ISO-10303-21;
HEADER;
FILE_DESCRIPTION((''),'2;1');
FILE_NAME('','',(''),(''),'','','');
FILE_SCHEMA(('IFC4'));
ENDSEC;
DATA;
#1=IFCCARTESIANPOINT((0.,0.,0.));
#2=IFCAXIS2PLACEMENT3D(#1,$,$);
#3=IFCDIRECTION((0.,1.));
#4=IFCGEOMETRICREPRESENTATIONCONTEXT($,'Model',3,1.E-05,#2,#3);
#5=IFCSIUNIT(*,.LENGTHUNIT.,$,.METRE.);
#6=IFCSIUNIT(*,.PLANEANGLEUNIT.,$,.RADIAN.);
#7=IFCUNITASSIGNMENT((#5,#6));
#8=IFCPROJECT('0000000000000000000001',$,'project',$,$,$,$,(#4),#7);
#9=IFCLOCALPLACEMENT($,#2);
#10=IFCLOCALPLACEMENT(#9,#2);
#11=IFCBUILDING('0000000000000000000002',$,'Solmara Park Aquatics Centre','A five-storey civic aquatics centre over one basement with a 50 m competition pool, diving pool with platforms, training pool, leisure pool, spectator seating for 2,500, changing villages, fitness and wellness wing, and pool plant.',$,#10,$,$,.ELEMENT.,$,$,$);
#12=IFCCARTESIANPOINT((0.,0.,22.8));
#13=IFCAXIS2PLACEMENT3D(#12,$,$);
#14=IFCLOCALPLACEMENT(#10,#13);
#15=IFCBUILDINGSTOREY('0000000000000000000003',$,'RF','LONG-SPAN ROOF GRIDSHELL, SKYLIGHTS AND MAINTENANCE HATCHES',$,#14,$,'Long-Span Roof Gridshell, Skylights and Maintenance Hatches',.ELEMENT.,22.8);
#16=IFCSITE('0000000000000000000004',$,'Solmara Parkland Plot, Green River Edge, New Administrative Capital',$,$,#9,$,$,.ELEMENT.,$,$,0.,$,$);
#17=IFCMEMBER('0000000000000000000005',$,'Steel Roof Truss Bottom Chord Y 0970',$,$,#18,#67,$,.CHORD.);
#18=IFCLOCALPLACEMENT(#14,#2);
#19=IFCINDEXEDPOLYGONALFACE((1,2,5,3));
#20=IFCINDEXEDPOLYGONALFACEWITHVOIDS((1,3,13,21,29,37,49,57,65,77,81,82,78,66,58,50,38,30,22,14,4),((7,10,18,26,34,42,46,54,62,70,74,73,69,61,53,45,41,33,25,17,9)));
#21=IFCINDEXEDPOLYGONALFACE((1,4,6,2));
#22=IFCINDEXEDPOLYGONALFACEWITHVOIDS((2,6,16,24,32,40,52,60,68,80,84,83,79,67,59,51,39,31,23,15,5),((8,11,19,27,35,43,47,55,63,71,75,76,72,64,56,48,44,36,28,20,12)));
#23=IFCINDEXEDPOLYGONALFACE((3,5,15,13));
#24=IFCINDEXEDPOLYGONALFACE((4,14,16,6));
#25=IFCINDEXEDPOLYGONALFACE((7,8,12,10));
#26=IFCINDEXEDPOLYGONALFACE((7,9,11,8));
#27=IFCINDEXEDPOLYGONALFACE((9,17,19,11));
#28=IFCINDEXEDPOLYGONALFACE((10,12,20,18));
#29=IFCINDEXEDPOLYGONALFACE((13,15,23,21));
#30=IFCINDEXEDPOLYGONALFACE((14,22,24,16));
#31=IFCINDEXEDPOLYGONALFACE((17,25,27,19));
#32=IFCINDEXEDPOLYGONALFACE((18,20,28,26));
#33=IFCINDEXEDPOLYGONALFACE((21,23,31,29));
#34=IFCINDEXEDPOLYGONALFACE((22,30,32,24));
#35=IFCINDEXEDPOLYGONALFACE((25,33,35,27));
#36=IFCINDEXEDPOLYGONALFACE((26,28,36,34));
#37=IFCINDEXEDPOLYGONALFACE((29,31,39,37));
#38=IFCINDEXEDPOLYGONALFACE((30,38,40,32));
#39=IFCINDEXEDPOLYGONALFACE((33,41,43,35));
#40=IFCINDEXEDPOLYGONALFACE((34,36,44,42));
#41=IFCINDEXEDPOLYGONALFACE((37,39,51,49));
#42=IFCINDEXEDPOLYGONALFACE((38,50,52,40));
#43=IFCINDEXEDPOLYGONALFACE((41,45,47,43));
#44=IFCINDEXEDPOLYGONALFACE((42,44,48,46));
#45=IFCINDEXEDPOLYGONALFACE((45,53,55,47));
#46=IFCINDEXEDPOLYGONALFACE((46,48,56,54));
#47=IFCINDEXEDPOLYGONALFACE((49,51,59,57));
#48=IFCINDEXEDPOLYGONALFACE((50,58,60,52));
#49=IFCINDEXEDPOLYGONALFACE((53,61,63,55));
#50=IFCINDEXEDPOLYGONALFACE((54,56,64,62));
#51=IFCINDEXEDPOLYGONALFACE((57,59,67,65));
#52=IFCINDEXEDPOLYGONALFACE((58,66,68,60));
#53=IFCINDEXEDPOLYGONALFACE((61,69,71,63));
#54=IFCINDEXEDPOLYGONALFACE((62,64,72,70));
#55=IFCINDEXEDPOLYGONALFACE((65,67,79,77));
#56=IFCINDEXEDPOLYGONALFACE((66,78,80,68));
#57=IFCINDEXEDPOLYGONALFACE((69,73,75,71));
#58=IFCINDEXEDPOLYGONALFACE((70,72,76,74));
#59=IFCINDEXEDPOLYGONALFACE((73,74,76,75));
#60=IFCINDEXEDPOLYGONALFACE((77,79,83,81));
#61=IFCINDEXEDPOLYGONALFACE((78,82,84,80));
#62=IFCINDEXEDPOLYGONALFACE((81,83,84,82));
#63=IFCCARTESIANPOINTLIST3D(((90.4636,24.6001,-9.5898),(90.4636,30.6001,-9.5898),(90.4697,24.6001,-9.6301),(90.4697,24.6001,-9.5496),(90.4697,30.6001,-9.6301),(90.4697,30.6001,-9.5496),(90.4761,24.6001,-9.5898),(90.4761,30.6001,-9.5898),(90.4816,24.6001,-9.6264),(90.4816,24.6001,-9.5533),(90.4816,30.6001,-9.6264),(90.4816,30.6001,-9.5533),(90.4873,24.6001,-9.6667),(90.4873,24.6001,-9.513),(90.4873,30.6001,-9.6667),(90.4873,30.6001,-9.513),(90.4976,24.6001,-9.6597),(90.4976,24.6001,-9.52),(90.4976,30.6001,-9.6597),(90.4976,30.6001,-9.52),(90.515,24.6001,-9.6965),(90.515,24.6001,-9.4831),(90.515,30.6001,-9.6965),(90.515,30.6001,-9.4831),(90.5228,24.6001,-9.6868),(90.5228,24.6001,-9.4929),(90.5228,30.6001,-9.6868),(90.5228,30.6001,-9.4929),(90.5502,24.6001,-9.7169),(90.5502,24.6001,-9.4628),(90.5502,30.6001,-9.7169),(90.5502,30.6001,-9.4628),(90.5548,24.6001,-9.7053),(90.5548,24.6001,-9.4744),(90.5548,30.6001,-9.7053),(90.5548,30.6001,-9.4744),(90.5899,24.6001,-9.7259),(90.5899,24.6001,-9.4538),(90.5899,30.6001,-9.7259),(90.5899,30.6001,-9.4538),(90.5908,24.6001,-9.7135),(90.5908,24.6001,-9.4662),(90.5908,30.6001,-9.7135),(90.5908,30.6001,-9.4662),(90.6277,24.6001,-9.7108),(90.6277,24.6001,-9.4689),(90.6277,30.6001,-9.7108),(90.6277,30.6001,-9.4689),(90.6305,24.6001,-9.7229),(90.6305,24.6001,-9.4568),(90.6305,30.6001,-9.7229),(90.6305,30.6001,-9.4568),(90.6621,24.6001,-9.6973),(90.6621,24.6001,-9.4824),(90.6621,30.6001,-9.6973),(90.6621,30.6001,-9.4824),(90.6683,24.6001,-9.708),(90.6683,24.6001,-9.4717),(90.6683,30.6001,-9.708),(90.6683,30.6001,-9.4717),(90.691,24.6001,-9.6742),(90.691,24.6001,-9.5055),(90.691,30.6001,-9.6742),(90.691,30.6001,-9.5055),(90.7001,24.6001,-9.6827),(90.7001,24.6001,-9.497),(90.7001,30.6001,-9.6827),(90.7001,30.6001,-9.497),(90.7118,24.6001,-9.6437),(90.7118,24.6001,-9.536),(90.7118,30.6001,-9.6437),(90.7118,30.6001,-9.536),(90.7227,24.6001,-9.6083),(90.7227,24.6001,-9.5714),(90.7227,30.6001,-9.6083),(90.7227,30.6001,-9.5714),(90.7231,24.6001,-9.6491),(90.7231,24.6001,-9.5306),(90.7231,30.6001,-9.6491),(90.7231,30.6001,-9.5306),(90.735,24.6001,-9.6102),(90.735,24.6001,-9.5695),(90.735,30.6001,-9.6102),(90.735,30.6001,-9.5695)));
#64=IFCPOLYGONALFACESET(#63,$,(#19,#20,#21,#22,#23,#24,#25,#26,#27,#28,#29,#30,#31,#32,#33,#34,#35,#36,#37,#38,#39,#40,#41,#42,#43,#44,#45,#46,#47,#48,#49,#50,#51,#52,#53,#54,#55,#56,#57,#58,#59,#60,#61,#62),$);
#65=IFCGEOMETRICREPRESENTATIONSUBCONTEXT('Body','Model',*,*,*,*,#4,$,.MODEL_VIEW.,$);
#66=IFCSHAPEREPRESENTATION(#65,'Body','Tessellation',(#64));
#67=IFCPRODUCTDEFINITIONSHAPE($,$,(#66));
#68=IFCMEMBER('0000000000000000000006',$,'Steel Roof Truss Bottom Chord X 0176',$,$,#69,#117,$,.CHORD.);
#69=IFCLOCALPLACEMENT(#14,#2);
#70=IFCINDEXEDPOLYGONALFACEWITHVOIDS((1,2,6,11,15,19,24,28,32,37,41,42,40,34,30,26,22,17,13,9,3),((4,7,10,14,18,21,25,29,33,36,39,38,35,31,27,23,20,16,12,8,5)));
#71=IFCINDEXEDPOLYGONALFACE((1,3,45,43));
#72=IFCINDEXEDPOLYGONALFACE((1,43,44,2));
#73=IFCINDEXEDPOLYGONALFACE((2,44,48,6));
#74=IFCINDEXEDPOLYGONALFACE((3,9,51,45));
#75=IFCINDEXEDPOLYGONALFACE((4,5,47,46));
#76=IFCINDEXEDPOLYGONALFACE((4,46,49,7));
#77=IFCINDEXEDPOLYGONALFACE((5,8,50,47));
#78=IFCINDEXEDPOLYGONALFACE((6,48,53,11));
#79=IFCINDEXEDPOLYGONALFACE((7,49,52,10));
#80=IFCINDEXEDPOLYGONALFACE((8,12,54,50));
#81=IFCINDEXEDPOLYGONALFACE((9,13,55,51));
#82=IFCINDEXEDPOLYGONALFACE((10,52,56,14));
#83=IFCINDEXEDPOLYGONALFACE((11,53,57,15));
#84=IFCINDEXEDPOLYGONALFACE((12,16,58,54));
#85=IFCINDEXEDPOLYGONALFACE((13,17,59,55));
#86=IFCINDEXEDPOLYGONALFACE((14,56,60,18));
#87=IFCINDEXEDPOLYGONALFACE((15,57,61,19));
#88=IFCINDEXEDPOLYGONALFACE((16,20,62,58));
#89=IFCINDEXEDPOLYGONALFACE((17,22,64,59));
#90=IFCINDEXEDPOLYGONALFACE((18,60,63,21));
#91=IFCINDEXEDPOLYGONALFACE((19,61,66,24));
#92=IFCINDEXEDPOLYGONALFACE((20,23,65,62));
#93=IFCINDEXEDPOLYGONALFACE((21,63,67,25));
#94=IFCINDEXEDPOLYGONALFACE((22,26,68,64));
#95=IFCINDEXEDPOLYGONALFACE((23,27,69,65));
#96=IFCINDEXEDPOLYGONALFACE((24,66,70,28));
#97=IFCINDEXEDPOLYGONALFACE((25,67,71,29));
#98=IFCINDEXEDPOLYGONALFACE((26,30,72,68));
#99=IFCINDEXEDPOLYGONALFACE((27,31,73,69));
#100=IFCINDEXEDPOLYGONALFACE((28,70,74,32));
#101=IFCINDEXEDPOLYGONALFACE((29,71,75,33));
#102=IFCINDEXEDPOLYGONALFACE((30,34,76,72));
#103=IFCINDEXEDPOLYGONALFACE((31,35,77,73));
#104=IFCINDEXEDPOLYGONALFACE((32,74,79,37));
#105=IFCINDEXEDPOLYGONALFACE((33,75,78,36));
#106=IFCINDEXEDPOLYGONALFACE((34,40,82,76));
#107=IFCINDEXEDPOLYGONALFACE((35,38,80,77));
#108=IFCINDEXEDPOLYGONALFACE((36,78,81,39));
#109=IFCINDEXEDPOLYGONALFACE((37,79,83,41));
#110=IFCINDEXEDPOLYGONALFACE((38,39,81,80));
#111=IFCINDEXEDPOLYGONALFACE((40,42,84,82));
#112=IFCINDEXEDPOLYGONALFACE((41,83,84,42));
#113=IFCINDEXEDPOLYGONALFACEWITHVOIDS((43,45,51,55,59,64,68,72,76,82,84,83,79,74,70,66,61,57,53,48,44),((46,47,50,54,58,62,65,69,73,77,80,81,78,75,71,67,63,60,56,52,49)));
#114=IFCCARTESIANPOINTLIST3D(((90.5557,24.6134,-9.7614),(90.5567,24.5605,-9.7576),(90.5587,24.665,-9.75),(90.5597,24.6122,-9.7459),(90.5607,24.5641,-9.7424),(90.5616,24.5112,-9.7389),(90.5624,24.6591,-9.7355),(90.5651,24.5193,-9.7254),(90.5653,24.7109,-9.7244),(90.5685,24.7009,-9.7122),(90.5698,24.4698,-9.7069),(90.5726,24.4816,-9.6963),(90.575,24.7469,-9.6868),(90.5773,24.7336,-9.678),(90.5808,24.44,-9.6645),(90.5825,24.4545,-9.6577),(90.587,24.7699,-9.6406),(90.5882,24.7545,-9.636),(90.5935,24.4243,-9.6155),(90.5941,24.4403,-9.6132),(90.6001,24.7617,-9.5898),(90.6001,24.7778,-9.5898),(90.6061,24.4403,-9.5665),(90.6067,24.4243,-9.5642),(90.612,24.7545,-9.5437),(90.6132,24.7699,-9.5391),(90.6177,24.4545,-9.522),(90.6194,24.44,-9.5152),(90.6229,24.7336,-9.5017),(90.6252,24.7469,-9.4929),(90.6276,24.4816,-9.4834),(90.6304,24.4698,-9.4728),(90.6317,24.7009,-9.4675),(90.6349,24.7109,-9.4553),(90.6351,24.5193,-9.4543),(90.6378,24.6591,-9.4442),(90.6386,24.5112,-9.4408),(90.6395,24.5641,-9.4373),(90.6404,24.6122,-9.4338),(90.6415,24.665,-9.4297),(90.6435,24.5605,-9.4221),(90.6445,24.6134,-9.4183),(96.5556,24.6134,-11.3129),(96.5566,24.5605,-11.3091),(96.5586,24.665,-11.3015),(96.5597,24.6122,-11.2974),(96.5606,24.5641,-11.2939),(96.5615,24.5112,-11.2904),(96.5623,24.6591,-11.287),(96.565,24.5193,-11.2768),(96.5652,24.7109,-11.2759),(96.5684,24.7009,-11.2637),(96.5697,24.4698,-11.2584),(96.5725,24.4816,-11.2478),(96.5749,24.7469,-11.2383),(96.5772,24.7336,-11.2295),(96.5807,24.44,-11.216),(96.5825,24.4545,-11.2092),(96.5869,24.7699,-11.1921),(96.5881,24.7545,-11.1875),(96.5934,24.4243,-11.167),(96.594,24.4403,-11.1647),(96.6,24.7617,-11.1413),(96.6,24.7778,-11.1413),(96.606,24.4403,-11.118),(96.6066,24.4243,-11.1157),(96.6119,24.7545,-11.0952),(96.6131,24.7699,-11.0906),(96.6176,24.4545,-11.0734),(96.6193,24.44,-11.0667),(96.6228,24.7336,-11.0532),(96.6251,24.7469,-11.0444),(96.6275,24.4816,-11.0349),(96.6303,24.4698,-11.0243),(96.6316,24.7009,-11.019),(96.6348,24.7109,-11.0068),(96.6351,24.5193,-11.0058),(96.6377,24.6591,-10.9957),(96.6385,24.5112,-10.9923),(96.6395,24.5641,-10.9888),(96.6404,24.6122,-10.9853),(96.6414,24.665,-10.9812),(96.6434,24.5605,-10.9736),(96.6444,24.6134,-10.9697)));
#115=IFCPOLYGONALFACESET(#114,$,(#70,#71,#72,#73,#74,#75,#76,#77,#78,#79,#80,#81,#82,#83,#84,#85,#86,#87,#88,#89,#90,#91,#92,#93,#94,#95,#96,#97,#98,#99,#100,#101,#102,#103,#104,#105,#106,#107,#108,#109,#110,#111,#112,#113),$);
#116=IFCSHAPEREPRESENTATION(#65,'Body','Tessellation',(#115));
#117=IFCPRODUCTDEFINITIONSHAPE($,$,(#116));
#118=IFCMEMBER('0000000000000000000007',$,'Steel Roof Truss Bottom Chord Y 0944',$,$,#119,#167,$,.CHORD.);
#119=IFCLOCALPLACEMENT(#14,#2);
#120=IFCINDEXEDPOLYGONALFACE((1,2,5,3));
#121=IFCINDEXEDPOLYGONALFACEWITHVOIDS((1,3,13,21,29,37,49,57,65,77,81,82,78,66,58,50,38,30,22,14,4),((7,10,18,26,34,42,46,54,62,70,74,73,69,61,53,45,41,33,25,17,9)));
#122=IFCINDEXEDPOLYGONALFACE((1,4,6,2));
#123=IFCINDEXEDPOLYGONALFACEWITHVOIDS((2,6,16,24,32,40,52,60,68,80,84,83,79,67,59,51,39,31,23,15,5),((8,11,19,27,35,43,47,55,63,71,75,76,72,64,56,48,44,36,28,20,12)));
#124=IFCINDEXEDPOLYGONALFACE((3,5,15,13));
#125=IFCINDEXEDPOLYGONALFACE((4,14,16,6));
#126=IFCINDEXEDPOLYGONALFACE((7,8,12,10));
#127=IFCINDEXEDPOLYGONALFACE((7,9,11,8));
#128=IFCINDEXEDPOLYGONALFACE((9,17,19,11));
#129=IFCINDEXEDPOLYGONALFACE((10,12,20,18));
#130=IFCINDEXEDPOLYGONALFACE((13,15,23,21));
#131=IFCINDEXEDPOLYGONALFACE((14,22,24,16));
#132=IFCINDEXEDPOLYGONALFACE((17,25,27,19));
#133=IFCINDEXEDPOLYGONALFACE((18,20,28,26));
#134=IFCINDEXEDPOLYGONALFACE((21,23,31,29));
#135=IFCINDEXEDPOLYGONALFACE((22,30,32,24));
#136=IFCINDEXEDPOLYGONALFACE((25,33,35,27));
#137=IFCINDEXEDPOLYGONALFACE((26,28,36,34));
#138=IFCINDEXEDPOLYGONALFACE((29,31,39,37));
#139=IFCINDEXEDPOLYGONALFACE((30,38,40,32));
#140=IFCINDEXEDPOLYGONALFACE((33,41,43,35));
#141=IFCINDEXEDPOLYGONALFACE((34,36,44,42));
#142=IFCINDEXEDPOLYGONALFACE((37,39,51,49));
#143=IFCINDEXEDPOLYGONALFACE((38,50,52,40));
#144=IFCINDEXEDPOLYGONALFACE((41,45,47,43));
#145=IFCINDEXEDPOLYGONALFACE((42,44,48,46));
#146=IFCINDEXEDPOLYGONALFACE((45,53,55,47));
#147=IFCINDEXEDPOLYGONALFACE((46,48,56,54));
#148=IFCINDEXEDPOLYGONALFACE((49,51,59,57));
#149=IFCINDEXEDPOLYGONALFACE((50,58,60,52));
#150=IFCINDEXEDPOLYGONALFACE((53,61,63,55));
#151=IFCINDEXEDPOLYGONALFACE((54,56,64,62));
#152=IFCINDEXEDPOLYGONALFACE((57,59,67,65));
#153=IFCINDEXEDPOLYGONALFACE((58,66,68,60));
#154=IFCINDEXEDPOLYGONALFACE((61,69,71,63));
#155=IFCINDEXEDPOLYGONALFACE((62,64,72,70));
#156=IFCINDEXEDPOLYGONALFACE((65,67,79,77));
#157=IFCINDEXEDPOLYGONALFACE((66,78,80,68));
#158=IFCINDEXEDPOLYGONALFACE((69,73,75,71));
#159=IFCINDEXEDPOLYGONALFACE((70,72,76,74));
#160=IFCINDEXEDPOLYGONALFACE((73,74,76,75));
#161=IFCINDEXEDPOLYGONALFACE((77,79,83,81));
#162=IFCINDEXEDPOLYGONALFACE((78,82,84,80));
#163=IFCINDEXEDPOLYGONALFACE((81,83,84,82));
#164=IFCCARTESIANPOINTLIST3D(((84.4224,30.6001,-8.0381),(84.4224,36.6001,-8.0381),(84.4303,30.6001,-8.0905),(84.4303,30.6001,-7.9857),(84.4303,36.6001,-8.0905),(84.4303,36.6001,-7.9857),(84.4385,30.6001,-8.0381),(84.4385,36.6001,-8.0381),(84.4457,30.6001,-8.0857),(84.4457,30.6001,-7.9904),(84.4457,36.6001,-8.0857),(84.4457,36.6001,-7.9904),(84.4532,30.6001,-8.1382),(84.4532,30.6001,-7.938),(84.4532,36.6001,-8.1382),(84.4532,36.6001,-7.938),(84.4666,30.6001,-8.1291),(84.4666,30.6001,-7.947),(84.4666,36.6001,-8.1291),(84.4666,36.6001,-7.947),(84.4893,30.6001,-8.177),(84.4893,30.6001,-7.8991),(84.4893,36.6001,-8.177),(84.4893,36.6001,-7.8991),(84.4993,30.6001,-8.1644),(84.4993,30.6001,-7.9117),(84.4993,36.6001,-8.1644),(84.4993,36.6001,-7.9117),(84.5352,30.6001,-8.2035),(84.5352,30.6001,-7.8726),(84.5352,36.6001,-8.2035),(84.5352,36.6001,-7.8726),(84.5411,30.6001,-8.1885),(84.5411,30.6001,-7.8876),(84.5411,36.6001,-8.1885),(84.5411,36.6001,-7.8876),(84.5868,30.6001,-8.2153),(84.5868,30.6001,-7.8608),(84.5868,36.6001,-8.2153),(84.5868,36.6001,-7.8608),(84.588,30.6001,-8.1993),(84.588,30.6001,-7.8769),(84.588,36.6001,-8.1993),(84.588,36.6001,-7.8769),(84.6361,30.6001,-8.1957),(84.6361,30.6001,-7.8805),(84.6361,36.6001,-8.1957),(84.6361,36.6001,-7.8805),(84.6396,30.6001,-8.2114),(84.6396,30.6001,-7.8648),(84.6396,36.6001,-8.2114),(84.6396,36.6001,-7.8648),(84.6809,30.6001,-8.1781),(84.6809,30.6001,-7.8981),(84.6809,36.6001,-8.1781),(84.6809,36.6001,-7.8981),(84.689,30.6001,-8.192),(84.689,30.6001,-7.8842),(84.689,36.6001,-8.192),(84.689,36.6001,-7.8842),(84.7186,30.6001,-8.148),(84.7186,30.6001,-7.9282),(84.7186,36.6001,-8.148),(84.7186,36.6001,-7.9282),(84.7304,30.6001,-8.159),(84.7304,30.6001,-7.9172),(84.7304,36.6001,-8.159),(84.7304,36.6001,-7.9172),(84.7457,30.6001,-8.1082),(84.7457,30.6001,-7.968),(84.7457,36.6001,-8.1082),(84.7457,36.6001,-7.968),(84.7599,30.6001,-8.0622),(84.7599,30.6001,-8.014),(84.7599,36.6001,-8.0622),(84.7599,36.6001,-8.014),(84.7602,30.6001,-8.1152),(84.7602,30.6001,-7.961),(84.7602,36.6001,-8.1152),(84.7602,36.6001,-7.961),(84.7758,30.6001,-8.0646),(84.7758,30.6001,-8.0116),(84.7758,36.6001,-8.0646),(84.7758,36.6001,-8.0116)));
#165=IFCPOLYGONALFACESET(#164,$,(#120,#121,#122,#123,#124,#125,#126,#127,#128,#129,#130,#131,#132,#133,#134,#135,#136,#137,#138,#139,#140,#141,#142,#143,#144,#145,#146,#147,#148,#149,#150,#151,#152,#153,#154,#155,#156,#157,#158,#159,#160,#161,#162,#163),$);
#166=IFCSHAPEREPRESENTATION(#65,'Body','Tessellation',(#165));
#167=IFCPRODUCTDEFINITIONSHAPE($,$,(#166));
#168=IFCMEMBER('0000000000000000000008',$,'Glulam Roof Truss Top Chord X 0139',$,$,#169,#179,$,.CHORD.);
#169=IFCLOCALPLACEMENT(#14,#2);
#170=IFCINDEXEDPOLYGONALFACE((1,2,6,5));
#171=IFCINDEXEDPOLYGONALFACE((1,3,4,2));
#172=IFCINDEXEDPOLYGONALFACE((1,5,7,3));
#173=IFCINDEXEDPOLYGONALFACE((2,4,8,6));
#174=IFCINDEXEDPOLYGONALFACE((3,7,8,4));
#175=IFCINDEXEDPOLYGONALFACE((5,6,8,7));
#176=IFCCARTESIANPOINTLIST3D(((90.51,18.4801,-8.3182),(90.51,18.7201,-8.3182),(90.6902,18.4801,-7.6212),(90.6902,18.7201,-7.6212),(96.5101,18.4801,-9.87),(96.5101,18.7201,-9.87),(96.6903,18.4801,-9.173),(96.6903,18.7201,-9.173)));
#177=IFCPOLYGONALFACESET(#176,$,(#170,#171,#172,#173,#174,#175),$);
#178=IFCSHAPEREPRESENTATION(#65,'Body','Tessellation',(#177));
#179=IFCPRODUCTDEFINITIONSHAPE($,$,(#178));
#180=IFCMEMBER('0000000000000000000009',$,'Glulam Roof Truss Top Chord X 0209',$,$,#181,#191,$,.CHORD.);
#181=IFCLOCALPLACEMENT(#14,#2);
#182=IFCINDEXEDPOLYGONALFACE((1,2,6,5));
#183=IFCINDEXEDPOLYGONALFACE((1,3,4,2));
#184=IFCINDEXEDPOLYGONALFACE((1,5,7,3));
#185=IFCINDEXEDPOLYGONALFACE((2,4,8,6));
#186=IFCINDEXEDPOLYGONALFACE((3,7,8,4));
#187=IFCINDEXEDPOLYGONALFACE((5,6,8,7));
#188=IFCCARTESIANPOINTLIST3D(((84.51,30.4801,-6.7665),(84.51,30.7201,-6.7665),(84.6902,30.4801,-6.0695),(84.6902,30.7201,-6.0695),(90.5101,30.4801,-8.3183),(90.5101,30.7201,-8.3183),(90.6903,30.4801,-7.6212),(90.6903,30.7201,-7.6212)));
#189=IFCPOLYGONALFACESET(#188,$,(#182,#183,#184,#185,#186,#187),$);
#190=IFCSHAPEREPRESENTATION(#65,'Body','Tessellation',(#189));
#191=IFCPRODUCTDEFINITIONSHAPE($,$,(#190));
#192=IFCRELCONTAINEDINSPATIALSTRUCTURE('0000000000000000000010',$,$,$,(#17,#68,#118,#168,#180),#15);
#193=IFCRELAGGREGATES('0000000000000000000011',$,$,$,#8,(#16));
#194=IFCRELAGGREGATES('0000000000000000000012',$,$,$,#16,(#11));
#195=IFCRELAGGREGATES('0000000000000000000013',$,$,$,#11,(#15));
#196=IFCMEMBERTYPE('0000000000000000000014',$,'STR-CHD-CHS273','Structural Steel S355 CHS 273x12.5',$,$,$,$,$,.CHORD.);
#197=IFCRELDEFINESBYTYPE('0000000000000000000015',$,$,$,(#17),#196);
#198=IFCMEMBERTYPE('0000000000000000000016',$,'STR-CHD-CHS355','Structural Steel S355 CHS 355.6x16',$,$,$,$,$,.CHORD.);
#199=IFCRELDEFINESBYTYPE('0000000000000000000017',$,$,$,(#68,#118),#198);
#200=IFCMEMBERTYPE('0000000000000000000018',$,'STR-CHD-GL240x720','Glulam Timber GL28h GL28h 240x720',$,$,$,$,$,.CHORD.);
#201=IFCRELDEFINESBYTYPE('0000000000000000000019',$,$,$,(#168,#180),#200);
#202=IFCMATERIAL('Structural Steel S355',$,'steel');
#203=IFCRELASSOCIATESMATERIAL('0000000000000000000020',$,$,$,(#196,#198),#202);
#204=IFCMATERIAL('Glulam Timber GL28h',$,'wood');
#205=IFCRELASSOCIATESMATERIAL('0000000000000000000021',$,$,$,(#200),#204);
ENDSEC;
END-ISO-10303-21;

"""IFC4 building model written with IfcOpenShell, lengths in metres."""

from ifc_helpers import new_model, si_unit, direction, frame, origin, origin_2d, place, context, subcontext, project, spatial, rectangle, hollow_circle, extrude, material, material_profile, profile_set, type_object, element, save


model = new_model("IFC4")

# Units and contexts
model_context = context("Model", 3, precision=1e-05, world=origin(), true_north=direction((0.0, 1.0)))
body_context = subcontext(model_context, "Body", "Model", "MODEL_VIEW")
ifc_project = project(units=[si_unit("LENGTHUNIT", "METRE"), si_unit("PLANEANGLEUNIT", "RADIAN")], contexts=[model_context])

# Site, building, storey
site_placement = place(None, origin())
site = spatial("IfcSite", under=ifc_project, at=site_placement, Name="Solmara Parkland Plot, Green River Edge, New Administrative Capital", CompositionType="ELEMENT", RefElevation=0.0)
building_placement = place(site_placement, origin())
building = spatial("IfcBuilding", under=site, at=building_placement, Name="Solmara Park Aquatics Centre", Description="A five-storey civic aquatics centre over one basement with a 50 m competition pool, diving pool with platforms, training pool, leisure pool, spectator seating for 2,500, changing villages, fitness and wellness wing, and pool plant.", CompositionType="ELEMENT")
storey_placement = place(building_placement, frame((0.0, 0.0, 22.8)))
storey = spatial("IfcBuildingStorey", under=building, at=storey_placement, Name="RF", Description="LONG-SPAN ROOF GRIDSHELL, SKYLIGHTS AND MAINTENANCE HATCHES", LongName="Long-Span Roof Gridshell, Skylights and Maintenance Hatches", CompositionType="ELEMENT", Elevation=22.8)

# Members
ifc_material_1 = material(Name="Structural Steel S355", Category="steel")
ifc_material_profile_1 = material_profile(ifc_material_1, hollow_circle(Radius=0.1365, WallThickness=0.0125, at=origin_2d()), Name="CHS 273x12.5")
ifc_profile_set_1 = profile_set([ifc_material_profile_1], Name="Structural Steel S355")
member_type_1 = type_object("IfcMemberType", Name="STR-CHD-CHS273", Description="Structural Steel S355 CHS 273x12.5", PredefinedType="CHORD", material=ifc_profile_set_1)
for number, where, z_axis, x_axis, name in (
    (1, (90.6001, 24.6001, -9.5898), (0.0, 1.0, 0.0), (-1.0, 0.0, 0.0), "Steel Roof Truss Bottom Chord Y 0970"),
):
    element("IfcMember", number, at=place(storey_placement, frame(where, z_axis=z_axis, x_axis=x_axis)), inside=storey, type_object=member_type_1, Name=name, PredefinedType="CHORD", context=body_context, shape_type="SweptSolid", body=[
        extrude(hollow_circle(Radius=0.1365, WallThickness=0.0125, at=origin_2d()), origin(), (0.0, 0.0, 1.0), 6.0),
    ])
ifc_material_profile_2 = material_profile(ifc_material_1, hollow_circle(Radius=0.1777, WallThickness=0.0161, at=origin_2d()), Name="CHS 355.6x16")
ifc_profile_set_2 = profile_set([ifc_material_profile_2], Name="Structural Steel S355")
member_type_2 = type_object("IfcMemberType", Name="STR-CHD-CHS355", Description="Structural Steel S355 CHS 355.6x16", PredefinedType="CHORD", material=ifc_profile_set_2)
member_1_placement = place(storey_placement, frame((90.6001, 24.6001, -9.5898), z_axis=(0.968155, 0.0, -0.250351), x_axis=(0.0, 1.0, 0.0)))
element("IfcMember", 2, at=member_1_placement, inside=storey, type_object=member_type_2, Name="Steel Roof Truss Bottom Chord X 0176", PredefinedType="CHORD", context=body_context, shape_type="SweptSolid", body=[
    extrude(hollow_circle(Radius=0.1777, WallThickness=0.0161, at=origin_2d()), origin(), (0.0, 0.0, 1.0), 6.1973),
])
member_2_placement = place(storey_placement, frame((84.6001, 30.6001, -8.0381), z_axis=(0.0, 1.0, 0.0), x_axis=(-1.0, 0.0, 0.0)))
element("IfcMember", 3, at=member_2_placement, inside=storey, type_object=member_type_2, Name="Steel Roof Truss Bottom Chord Y 0944", PredefinedType="CHORD", context=body_context, shape_type="SweptSolid", body=[
    extrude(hollow_circle(Radius=0.1777, WallThickness=0.0161, at=origin_2d()), origin(), (0.0, 0.0, 1.0), 6.0),
])
ifc_material_2 = material(Name="Glulam Timber GL28h", Category="wood")
ifc_material_profile_3 = material_profile(ifc_material_2, rectangle(XDim=0.24, YDim=0.72, at=origin_2d()), Name="GL28h 240x720")
ifc_profile_set_3 = profile_set([ifc_material_profile_3], Name="Glulam Timber GL28h")
member_type_3 = type_object("IfcMemberType", Name="STR-CHD-GL240x720", Description="Glulam Timber GL28h GL28h 240x720", PredefinedType="CHORD", material=ifc_profile_set_3)
for number, where, z_axis, x_axis, name in (
    (4, (90.6001, 18.6001, -7.9697), (0.968146, 0.0, -0.250388), (0.0, 1.0, 0.0), "Glulam Roof Truss Top Chord X 0139"),
    (5, (84.6001, 30.6001, -6.418), (0.968146, 0.0, -0.250388), (0.0, 1.0, 0.0), "Glulam Roof Truss Top Chord X 0209"),
):
    element("IfcMember", number, at=place(storey_placement, frame(where, z_axis=z_axis, x_axis=x_axis)), inside=storey, type_object=member_type_3, Name=name, PredefinedType="CHORD", context=body_context, shape_type="SweptSolid", body=[
        extrude(rectangle(XDim=0.24, YDim=0.72, at=origin_2d()), origin(), (0.0, 0.0, 1.0), 6.1975),
    ])

save(model, "model.ifc")
